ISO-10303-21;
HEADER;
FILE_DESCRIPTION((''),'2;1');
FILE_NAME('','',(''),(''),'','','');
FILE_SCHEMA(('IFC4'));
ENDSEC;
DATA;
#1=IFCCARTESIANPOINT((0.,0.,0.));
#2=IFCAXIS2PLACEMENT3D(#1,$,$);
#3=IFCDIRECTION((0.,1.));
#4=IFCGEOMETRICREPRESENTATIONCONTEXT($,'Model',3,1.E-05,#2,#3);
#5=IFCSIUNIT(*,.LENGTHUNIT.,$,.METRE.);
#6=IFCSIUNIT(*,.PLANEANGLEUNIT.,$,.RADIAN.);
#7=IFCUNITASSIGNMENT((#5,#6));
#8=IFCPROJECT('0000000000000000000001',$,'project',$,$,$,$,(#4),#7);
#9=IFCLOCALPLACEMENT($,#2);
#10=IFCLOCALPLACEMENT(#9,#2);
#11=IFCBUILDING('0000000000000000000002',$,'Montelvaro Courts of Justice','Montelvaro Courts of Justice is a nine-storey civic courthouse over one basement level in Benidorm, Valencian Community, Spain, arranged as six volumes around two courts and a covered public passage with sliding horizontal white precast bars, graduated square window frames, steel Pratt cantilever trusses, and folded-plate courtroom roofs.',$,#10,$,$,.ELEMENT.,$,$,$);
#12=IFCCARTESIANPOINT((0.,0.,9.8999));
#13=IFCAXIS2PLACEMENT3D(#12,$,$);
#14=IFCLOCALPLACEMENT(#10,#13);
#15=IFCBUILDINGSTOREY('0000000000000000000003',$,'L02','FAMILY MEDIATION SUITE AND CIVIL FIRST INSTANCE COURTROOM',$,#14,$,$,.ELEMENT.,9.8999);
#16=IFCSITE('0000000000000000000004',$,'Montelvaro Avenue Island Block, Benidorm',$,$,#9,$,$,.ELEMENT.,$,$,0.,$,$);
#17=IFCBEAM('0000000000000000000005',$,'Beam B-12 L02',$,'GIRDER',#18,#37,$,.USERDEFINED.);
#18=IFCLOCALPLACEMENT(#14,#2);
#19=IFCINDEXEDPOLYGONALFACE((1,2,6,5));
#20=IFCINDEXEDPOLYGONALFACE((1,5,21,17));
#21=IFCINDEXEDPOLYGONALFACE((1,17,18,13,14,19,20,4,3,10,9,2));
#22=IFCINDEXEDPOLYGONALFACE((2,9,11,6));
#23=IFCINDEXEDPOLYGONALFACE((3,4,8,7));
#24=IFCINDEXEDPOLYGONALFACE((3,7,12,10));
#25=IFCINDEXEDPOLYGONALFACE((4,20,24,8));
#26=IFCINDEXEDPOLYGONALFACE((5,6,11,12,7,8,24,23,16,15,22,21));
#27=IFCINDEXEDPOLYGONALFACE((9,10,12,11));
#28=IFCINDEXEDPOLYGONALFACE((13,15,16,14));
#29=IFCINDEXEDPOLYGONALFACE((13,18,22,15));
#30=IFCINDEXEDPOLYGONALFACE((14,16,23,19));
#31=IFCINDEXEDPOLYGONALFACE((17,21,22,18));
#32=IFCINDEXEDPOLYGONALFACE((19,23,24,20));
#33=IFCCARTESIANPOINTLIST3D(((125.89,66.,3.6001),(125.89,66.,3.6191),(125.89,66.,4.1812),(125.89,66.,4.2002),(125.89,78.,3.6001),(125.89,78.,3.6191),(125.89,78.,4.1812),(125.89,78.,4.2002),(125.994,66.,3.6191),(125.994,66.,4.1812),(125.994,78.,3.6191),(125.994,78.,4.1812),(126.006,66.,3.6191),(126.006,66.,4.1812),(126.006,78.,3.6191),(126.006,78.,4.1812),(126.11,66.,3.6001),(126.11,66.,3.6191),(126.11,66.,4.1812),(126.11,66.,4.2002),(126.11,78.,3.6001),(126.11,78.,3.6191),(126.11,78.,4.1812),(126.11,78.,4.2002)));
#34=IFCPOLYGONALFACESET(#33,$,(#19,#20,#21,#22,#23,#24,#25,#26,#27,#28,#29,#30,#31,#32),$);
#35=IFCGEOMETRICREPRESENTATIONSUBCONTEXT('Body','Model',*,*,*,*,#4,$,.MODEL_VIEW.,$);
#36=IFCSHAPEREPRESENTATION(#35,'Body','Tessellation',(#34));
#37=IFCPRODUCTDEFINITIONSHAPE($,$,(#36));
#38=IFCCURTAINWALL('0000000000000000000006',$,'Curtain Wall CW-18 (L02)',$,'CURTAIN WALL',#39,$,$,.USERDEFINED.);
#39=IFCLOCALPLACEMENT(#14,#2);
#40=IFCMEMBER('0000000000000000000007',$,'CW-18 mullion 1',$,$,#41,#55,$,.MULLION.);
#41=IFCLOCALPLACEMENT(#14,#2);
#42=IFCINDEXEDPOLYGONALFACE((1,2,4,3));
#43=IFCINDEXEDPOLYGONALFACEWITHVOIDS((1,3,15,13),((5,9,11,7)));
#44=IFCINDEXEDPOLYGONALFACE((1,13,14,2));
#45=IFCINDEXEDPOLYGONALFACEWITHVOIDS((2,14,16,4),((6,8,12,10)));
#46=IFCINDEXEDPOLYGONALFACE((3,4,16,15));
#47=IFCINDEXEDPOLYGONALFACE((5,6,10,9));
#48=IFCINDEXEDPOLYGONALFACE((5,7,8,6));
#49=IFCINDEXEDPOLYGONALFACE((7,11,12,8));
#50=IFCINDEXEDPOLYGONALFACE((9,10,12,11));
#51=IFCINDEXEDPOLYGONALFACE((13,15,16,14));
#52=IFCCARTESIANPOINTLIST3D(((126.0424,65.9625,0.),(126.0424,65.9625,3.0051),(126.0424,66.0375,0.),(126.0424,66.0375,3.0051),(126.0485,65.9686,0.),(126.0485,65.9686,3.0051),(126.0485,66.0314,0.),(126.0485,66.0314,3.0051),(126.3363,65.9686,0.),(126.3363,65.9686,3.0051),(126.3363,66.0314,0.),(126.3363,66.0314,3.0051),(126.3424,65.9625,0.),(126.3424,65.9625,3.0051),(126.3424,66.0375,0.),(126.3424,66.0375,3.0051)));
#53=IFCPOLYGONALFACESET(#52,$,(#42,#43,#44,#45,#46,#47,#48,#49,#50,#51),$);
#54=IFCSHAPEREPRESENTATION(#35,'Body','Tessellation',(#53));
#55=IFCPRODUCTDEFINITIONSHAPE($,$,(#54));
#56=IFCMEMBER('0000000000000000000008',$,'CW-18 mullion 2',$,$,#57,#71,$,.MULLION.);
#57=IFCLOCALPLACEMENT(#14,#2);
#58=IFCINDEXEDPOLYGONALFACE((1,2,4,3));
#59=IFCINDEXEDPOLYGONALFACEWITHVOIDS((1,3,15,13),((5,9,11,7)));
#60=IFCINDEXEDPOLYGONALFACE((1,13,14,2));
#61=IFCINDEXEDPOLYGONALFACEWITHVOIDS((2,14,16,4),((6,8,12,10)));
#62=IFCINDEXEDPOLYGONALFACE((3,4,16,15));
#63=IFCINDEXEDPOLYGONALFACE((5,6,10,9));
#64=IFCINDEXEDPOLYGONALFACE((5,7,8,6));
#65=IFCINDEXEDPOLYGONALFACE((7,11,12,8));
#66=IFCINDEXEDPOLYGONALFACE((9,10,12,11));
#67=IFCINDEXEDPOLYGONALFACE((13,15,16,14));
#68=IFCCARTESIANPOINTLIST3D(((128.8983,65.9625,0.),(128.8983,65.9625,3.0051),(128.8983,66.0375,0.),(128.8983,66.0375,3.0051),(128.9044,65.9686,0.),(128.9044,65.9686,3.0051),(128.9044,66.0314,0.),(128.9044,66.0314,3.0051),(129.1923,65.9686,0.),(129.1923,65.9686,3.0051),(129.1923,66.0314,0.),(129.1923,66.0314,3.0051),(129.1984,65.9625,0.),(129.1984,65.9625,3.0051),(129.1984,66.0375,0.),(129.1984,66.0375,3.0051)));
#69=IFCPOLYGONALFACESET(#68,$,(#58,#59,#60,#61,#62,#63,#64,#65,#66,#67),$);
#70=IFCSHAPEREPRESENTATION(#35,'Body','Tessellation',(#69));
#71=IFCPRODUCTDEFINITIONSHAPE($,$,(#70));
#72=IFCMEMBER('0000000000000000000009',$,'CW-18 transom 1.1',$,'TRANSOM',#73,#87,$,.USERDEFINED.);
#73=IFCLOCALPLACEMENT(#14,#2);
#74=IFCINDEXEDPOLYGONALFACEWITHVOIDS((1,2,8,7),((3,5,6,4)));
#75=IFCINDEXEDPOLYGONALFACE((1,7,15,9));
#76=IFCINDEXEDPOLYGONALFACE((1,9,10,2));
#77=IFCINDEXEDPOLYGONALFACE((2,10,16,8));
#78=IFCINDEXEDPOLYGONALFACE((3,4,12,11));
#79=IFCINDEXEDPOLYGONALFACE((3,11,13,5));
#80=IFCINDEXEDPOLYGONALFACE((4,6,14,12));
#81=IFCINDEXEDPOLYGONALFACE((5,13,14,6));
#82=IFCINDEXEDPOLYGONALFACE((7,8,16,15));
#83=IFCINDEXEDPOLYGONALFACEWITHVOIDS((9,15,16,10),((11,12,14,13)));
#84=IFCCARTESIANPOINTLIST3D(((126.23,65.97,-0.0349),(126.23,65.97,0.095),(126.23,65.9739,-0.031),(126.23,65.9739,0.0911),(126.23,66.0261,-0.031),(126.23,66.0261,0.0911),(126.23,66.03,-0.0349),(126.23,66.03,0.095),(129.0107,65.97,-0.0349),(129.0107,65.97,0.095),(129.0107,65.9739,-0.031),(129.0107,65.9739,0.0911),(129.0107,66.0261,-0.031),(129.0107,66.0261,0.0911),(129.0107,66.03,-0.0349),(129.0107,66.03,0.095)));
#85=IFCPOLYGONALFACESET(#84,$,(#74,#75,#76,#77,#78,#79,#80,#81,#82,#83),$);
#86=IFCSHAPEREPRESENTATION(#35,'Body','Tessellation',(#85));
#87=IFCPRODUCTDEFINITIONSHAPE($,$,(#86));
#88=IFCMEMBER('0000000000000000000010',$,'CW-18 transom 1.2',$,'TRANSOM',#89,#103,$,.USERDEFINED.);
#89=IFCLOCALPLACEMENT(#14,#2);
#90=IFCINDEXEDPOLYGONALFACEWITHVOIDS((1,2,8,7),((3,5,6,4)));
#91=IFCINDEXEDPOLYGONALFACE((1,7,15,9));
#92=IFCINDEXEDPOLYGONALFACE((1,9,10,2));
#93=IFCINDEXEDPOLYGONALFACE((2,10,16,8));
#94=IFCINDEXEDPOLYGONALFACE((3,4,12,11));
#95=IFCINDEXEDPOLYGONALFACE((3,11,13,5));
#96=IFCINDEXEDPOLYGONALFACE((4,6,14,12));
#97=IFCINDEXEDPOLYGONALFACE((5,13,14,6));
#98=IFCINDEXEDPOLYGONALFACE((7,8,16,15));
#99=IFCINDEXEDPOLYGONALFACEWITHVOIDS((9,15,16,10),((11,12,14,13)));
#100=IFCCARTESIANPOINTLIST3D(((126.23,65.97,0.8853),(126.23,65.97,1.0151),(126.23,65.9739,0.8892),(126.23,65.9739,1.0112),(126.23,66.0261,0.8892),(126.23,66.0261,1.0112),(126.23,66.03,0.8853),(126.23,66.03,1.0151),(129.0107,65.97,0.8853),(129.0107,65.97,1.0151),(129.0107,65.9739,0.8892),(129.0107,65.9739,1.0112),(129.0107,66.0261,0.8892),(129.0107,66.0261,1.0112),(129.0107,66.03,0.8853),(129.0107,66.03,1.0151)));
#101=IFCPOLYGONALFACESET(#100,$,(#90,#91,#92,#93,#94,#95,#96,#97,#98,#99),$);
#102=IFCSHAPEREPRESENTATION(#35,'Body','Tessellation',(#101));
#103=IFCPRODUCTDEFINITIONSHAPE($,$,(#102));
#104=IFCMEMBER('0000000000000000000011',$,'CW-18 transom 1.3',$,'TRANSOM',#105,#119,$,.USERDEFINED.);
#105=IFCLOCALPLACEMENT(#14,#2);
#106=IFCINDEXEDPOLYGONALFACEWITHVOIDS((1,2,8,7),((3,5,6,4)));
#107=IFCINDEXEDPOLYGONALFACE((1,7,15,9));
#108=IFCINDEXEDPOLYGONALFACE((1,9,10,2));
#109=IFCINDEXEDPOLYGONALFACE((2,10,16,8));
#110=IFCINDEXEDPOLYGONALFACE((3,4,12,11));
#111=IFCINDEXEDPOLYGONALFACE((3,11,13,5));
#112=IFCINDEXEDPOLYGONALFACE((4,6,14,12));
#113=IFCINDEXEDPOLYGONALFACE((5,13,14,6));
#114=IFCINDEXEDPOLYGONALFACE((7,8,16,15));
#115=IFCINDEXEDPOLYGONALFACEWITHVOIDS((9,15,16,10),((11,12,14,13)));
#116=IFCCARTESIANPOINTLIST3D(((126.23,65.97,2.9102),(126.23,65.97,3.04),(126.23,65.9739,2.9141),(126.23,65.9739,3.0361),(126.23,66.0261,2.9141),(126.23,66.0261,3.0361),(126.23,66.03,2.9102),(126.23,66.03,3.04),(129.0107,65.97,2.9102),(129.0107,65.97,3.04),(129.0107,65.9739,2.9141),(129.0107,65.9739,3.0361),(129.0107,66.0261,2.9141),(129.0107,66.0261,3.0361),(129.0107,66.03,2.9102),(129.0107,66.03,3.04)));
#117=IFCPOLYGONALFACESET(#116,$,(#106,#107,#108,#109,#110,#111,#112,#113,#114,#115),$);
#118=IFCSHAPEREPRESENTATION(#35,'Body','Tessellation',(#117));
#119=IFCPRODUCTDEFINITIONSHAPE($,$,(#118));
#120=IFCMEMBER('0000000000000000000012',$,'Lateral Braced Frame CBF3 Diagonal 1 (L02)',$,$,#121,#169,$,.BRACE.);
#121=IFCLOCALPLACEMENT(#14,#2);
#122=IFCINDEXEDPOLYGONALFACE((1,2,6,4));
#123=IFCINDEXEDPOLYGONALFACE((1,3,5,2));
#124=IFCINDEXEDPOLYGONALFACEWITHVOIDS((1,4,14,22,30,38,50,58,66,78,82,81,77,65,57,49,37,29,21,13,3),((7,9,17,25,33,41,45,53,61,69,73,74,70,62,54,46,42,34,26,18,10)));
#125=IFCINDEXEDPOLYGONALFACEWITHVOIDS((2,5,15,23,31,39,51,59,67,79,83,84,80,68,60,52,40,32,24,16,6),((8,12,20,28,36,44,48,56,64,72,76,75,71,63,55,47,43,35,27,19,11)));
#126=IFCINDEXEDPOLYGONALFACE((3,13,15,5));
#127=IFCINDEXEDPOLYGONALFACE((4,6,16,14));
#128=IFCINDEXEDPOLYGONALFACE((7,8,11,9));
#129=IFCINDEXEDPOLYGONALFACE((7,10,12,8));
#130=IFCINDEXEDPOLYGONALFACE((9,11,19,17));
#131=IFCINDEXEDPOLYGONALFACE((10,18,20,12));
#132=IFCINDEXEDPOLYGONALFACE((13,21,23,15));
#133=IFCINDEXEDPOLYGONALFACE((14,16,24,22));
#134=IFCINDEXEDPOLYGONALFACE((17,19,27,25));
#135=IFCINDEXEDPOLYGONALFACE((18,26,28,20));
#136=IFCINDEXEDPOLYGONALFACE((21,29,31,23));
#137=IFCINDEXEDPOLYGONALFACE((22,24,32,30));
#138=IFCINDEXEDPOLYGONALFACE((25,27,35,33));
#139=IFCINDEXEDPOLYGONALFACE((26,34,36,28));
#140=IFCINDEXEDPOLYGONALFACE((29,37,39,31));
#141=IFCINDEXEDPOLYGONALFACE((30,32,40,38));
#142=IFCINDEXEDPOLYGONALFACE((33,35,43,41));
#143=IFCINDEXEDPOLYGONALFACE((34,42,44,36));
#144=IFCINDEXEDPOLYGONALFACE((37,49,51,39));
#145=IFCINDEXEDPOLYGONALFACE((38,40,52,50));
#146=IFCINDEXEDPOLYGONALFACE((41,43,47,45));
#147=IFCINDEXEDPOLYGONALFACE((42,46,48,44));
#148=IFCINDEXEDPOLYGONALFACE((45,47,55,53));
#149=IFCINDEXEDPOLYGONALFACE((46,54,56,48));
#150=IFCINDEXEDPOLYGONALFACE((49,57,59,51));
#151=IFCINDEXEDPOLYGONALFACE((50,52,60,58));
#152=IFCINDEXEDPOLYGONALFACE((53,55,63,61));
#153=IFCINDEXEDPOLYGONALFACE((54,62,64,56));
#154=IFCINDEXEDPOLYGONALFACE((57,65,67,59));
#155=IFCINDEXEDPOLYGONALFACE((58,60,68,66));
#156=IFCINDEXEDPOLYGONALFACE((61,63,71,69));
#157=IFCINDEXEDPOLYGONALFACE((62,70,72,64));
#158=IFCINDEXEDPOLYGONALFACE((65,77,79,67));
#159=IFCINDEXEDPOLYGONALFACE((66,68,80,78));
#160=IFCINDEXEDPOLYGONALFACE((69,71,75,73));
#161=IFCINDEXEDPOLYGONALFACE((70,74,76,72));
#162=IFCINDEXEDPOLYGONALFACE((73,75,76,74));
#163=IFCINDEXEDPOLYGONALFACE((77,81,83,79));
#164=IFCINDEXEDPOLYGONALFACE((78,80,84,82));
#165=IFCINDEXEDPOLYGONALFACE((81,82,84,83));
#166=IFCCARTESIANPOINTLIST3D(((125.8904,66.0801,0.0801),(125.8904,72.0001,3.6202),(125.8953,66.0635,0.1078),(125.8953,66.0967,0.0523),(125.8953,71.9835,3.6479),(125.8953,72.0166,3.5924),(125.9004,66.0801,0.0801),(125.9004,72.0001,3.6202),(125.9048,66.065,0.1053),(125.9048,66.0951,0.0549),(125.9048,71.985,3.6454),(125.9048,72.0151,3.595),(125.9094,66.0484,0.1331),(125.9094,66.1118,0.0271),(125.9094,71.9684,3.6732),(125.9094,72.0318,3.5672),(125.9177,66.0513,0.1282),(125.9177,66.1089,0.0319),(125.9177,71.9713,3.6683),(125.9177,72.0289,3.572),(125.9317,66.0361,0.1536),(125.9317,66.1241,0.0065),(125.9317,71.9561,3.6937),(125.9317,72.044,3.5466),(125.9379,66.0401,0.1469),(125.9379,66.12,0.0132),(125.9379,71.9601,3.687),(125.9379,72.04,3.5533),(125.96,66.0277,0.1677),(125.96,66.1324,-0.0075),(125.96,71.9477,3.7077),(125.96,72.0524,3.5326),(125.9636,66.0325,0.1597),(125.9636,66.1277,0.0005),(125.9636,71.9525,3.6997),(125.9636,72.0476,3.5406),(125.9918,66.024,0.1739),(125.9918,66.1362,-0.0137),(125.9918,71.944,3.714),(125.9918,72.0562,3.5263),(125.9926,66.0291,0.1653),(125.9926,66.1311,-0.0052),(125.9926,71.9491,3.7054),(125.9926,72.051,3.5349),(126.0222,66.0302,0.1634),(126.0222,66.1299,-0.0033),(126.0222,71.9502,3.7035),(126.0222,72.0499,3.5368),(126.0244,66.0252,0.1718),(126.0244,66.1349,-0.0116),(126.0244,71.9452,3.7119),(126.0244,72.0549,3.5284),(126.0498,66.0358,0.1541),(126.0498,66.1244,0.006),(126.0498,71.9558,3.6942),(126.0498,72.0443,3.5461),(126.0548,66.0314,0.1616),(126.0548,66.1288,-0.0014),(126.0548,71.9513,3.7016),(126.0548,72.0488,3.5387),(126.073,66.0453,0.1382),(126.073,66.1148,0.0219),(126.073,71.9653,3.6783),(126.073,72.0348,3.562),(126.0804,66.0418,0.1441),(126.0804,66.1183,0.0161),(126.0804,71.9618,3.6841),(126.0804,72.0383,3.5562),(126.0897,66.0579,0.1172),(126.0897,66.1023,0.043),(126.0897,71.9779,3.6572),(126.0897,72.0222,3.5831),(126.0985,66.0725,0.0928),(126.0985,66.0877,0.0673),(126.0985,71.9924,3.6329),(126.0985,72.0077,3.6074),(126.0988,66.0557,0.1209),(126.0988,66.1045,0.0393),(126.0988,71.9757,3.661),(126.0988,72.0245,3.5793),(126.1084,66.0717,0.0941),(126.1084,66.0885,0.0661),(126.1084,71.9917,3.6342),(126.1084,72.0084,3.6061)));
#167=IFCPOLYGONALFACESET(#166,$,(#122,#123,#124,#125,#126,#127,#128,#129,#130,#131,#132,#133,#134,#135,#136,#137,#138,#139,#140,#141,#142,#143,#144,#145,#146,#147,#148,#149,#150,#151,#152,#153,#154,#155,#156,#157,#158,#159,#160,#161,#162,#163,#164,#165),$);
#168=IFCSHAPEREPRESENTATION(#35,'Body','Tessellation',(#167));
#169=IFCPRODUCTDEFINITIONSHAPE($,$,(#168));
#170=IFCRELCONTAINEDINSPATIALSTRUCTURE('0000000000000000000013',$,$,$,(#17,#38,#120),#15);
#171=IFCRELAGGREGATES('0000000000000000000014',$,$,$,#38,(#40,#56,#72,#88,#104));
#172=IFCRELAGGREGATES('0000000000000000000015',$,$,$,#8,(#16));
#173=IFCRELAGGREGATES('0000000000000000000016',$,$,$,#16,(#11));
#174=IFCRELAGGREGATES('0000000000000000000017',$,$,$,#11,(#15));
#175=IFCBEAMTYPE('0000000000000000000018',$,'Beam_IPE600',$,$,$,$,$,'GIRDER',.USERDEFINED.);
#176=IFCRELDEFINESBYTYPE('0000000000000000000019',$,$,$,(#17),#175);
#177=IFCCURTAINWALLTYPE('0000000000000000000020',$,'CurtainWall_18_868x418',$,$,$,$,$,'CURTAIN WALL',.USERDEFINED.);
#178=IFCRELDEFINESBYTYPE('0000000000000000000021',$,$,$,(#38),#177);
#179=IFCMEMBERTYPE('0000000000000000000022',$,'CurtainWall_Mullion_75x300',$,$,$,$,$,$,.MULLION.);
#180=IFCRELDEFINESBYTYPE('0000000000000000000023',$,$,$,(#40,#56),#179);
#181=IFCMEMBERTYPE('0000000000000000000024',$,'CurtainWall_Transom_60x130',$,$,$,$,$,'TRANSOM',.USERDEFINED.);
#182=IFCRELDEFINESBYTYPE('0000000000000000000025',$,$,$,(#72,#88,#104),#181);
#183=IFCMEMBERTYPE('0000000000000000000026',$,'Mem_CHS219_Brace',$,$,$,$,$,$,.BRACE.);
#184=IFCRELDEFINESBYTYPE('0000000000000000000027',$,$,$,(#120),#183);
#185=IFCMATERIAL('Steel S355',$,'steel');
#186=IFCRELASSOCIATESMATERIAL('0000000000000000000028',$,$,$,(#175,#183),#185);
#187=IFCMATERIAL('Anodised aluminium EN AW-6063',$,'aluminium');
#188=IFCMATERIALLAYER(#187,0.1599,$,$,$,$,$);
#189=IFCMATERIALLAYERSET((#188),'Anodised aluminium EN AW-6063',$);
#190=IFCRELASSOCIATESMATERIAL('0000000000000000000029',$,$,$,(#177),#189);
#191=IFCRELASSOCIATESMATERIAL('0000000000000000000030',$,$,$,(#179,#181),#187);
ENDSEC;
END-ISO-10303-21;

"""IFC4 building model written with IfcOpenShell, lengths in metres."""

from ifc_helpers import new_model, si_unit, direction, frame, origin, origin_2d, place, context, subcontext, project, spatial, hollow_rectangle, hollow_circle, i_section, extrude, material, layer, layer_set, material_profile, profile_set, type_object, element, aggregate, save


model = new_model("IFC4")

# Units and contexts
model_context = context("Model", 3, precision=1e-05, world=origin(), true_north=direction((0.0, 1.0)))
body_context = subcontext(model_context, "Body", "Model", "MODEL_VIEW")
ifc_project = project(units=[si_unit("LENGTHUNIT", "METRE"), si_unit("PLANEANGLEUNIT", "RADIAN")], contexts=[model_context])

# Site, building, storey
site_placement = place(None, origin())
site = spatial("IfcSite", under=ifc_project, at=site_placement, Name="Montelvaro Avenue Island Block, Benidorm", CompositionType="ELEMENT", RefElevation=0.0)
building_placement = place(site_placement, origin())
building = spatial("IfcBuilding", under=site, at=building_placement, Name="Montelvaro Courts of Justice", Description="Montelvaro Courts of Justice is a nine-storey civic courthouse over one basement level in Benidorm, Valencian Community, Spain, arranged as six volumes around two courts and a covered public passage with sliding horizontal white precast bars, graduated square window frames, steel Pratt cantilever trusses, and folded-plate courtroom roofs.", CompositionType="ELEMENT")
storey_placement = place(building_placement, frame((0.0, 0.0, 9.8999)))
storey = spatial("IfcBuildingStorey", under=building, at=storey_placement, Name="L02", Description="FAMILY MEDIATION SUITE AND CIVIL FIRST INSTANCE COURTROOM", CompositionType="ELEMENT", Elevation=9.8999)

# Shared definitions
ifc_material_1 = material(Name="Steel S355", Category="steel")

# Beam
ifc_material_profile_1 = material_profile(ifc_material_1, i_section(OverallWidth=0.22, OverallDepth=0.6001, WebThickness=0.012, FlangeThickness=0.019, at=origin_2d()), Name="IPE 600")
ifc_profile_set_1 = profile_set([ifc_material_profile_1], Name="Steel S355")
beam_type_1 = type_object("IfcBeamType", Name="Beam_IPE600", ElementType="GIRDER", PredefinedType="USERDEFINED", material=ifc_profile_set_1)
beam_1_placement = place(storey_placement, frame((126.0, 66.0, 3.9001), z_axis=(0.0, 1.0, 0.0), x_axis=(-1.0, 0.0, 0.0)))
element("IfcBeam", 1, at=beam_1_placement, inside=storey, type_object=beam_type_1, Name="Beam B-12 L02", ObjectType="GIRDER", PredefinedType="USERDEFINED", context=body_context, shape_type="SweptSolid", body=[
    extrude(i_section(OverallWidth=0.22, OverallDepth=0.6001, WebThickness=0.012, FlangeThickness=0.019, at=origin_2d()), origin(), (0.0, 0.0, 1.0), 12.0),
])

# Curtain wall, members
ifc_material_2 = material(Name="Anodised aluminium EN AW-6063", Category="aluminium")
ifc_layer_1 = layer(ifc_material_2, 0.1599)
ifc_layer_set_1 = layer_set([ifc_layer_1], Name="Anodised aluminium EN AW-6063")
curtain_wall_type = type_object("IfcCurtainWallType", Name="CurtainWall_18_868x418", ElementType="CURTAIN WALL", PredefinedType="USERDEFINED", material=ifc_layer_set_1)
curtain_wall_placement = place(storey_placement, origin())
curtain_wall = element("IfcCurtainWall", 2, at=curtain_wall_placement, inside=storey, type_object=curtain_wall_type, Name="Curtain Wall CW-18 (L02)", ObjectType="CURTAIN WALL", PredefinedType="USERDEFINED")
ifc_material_profile_2 = material_profile(ifc_material_2, hollow_rectangle(XDim=0.075, YDim=0.3, WallThickness=0.0061, at=origin_2d()), Name="ALU-M 75x300")
ifc_profile_set_2 = profile_set([ifc_material_profile_2], Name="Anodised aluminium EN AW-6063")
member_type_1 = type_object("IfcMemberType", Name="CurtainWall_Mullion_75x300", PredefinedType="MULLION", material=ifc_profile_set_2)
member_1_placement = place(storey_placement, frame((126.1924, 66.0, 0.0), z_axis=(0.0, 0.0, 1.0), x_axis=(0.0, 1.0, 0.0)))
member_1 = element("IfcMember", 3, at=member_1_placement, type_object=member_type_1, Name="CW-18 mullion 1", PredefinedType="MULLION", context=body_context, shape_type="SweptSolid", body=[
    extrude(hollow_rectangle(XDim=0.075, YDim=0.3, WallThickness=0.0061, at=origin_2d()), origin(), (0.0, 0.0, 1.0), 3.0051),
])
member_2_placement = place(storey_placement, frame((129.0483, 66.0, 0.0), z_axis=(0.0, 0.0, 1.0), x_axis=(0.0, 1.0, 0.0)))
member_2 = element("IfcMember", 4, at=member_2_placement, type_object=member_type_1, Name="CW-18 mullion 2", PredefinedType="MULLION", context=body_context, shape_type="SweptSolid", body=[
    extrude(hollow_rectangle(XDim=0.075, YDim=0.3, WallThickness=0.0061, at=origin_2d()), origin(), (0.0, 0.0, 1.0), 3.0051),
])
ifc_material_profile_3 = material_profile(ifc_material_2, hollow_rectangle(XDim=0.0601, YDim=0.1299, WallThickness=0.0039, at=origin_2d()), Name="ALU-T 60x130")
ifc_profile_set_3 = profile_set([ifc_material_profile_3], Name="Anodised aluminium EN AW-6063")
member_type_2 = type_object("IfcMemberType", Name="CurtainWall_Transom_60x130", ElementType="TRANSOM", PredefinedType="USERDEFINED", material=ifc_profile_set_3)
member_3_placement = place(storey_placement, frame((126.23, 66.0, 0.03), z_axis=(1.0, 0.0, 0.0), x_axis=(0.0, 1.0, 0.0)))
member_3 = element("IfcMember", 5, at=member_3_placement, type_object=member_type_2, Name="CW-18 transom 1.1", ObjectType="TRANSOM", PredefinedType="USERDEFINED", context=body_context, shape_type="SweptSolid", body=[
    extrude(hollow_rectangle(XDim=0.0601, YDim=0.1299, WallThickness=0.0039, at=origin_2d()), origin(), (0.0, 0.0, 1.0), 2.7808),
])
member_4_placement = place(storey_placement, frame((126.23, 66.0, 0.9502), z_axis=(1.0, 0.0, 0.0), x_axis=(0.0, 1.0, 0.0)))
member_4 = element("IfcMember", 6, at=member_4_placement, type_object=member_type_2, Name="CW-18 transom 1.2", ObjectType="TRANSOM", PredefinedType="USERDEFINED", context=body_context, shape_type="SweptSolid", body=[
    extrude(hollow_rectangle(XDim=0.0601, YDim=0.1299, WallThickness=0.0039, at=origin_2d()), origin(), (0.0, 0.0, 1.0), 2.7808),
])
member_5_placement = place(storey_placement, frame((126.23, 66.0, 2.9751), z_axis=(1.0, 0.0, 0.0), x_axis=(0.0, 1.0, 0.0)))
member_5 = element("IfcMember", 7, at=member_5_placement, type_object=member_type_2, Name="CW-18 transom 1.3", ObjectType="TRANSOM", PredefinedType="USERDEFINED", context=body_context, shape_type="SweptSolid", body=[
    extrude(hollow_rectangle(XDim=0.0601, YDim=0.1299, WallThickness=0.0039, at=origin_2d()), origin(), (0.0, 0.0, 1.0), 2.7808),
])

# Member
ifc_material_profile_4 = material_profile(ifc_material_1, hollow_circle(Radius=0.1096, WallThickness=0.01, at=origin_2d()), Name="CHS 219.1x10")
ifc_profile_set_4 = profile_set([ifc_material_profile_4], Name="Steel S355")
member_type_3 = type_object("IfcMemberType", Name="Mem_CHS219_Brace", PredefinedType="BRACE", material=ifc_profile_set_4)
for number, where, z_axis, x_axis, name in (
    (8, (126.0, 66.0801, 0.0801), (0.0, 0.858254, 0.513225), (-1.0, 0.0, 0.0), "Lateral Braced Frame CBF3 Diagonal 1 (L02)"),
):
    element("IfcMember", number, at=place(storey_placement, frame(where, z_axis=z_axis, x_axis=x_axis)), inside=storey, type_object=member_type_3, Name=name, PredefinedType="BRACE", context=body_context, shape_type="SweptSolid", body=[
        extrude(hollow_circle(Radius=0.1096, WallThickness=0.01, at=origin_2d()), origin(), (0.0, 0.0, 1.0), 6.8977),
    ])

aggregate(curtain_wall, [member_1, member_2, member_3, member_4, member_5])

save(model, "model.ifc")
